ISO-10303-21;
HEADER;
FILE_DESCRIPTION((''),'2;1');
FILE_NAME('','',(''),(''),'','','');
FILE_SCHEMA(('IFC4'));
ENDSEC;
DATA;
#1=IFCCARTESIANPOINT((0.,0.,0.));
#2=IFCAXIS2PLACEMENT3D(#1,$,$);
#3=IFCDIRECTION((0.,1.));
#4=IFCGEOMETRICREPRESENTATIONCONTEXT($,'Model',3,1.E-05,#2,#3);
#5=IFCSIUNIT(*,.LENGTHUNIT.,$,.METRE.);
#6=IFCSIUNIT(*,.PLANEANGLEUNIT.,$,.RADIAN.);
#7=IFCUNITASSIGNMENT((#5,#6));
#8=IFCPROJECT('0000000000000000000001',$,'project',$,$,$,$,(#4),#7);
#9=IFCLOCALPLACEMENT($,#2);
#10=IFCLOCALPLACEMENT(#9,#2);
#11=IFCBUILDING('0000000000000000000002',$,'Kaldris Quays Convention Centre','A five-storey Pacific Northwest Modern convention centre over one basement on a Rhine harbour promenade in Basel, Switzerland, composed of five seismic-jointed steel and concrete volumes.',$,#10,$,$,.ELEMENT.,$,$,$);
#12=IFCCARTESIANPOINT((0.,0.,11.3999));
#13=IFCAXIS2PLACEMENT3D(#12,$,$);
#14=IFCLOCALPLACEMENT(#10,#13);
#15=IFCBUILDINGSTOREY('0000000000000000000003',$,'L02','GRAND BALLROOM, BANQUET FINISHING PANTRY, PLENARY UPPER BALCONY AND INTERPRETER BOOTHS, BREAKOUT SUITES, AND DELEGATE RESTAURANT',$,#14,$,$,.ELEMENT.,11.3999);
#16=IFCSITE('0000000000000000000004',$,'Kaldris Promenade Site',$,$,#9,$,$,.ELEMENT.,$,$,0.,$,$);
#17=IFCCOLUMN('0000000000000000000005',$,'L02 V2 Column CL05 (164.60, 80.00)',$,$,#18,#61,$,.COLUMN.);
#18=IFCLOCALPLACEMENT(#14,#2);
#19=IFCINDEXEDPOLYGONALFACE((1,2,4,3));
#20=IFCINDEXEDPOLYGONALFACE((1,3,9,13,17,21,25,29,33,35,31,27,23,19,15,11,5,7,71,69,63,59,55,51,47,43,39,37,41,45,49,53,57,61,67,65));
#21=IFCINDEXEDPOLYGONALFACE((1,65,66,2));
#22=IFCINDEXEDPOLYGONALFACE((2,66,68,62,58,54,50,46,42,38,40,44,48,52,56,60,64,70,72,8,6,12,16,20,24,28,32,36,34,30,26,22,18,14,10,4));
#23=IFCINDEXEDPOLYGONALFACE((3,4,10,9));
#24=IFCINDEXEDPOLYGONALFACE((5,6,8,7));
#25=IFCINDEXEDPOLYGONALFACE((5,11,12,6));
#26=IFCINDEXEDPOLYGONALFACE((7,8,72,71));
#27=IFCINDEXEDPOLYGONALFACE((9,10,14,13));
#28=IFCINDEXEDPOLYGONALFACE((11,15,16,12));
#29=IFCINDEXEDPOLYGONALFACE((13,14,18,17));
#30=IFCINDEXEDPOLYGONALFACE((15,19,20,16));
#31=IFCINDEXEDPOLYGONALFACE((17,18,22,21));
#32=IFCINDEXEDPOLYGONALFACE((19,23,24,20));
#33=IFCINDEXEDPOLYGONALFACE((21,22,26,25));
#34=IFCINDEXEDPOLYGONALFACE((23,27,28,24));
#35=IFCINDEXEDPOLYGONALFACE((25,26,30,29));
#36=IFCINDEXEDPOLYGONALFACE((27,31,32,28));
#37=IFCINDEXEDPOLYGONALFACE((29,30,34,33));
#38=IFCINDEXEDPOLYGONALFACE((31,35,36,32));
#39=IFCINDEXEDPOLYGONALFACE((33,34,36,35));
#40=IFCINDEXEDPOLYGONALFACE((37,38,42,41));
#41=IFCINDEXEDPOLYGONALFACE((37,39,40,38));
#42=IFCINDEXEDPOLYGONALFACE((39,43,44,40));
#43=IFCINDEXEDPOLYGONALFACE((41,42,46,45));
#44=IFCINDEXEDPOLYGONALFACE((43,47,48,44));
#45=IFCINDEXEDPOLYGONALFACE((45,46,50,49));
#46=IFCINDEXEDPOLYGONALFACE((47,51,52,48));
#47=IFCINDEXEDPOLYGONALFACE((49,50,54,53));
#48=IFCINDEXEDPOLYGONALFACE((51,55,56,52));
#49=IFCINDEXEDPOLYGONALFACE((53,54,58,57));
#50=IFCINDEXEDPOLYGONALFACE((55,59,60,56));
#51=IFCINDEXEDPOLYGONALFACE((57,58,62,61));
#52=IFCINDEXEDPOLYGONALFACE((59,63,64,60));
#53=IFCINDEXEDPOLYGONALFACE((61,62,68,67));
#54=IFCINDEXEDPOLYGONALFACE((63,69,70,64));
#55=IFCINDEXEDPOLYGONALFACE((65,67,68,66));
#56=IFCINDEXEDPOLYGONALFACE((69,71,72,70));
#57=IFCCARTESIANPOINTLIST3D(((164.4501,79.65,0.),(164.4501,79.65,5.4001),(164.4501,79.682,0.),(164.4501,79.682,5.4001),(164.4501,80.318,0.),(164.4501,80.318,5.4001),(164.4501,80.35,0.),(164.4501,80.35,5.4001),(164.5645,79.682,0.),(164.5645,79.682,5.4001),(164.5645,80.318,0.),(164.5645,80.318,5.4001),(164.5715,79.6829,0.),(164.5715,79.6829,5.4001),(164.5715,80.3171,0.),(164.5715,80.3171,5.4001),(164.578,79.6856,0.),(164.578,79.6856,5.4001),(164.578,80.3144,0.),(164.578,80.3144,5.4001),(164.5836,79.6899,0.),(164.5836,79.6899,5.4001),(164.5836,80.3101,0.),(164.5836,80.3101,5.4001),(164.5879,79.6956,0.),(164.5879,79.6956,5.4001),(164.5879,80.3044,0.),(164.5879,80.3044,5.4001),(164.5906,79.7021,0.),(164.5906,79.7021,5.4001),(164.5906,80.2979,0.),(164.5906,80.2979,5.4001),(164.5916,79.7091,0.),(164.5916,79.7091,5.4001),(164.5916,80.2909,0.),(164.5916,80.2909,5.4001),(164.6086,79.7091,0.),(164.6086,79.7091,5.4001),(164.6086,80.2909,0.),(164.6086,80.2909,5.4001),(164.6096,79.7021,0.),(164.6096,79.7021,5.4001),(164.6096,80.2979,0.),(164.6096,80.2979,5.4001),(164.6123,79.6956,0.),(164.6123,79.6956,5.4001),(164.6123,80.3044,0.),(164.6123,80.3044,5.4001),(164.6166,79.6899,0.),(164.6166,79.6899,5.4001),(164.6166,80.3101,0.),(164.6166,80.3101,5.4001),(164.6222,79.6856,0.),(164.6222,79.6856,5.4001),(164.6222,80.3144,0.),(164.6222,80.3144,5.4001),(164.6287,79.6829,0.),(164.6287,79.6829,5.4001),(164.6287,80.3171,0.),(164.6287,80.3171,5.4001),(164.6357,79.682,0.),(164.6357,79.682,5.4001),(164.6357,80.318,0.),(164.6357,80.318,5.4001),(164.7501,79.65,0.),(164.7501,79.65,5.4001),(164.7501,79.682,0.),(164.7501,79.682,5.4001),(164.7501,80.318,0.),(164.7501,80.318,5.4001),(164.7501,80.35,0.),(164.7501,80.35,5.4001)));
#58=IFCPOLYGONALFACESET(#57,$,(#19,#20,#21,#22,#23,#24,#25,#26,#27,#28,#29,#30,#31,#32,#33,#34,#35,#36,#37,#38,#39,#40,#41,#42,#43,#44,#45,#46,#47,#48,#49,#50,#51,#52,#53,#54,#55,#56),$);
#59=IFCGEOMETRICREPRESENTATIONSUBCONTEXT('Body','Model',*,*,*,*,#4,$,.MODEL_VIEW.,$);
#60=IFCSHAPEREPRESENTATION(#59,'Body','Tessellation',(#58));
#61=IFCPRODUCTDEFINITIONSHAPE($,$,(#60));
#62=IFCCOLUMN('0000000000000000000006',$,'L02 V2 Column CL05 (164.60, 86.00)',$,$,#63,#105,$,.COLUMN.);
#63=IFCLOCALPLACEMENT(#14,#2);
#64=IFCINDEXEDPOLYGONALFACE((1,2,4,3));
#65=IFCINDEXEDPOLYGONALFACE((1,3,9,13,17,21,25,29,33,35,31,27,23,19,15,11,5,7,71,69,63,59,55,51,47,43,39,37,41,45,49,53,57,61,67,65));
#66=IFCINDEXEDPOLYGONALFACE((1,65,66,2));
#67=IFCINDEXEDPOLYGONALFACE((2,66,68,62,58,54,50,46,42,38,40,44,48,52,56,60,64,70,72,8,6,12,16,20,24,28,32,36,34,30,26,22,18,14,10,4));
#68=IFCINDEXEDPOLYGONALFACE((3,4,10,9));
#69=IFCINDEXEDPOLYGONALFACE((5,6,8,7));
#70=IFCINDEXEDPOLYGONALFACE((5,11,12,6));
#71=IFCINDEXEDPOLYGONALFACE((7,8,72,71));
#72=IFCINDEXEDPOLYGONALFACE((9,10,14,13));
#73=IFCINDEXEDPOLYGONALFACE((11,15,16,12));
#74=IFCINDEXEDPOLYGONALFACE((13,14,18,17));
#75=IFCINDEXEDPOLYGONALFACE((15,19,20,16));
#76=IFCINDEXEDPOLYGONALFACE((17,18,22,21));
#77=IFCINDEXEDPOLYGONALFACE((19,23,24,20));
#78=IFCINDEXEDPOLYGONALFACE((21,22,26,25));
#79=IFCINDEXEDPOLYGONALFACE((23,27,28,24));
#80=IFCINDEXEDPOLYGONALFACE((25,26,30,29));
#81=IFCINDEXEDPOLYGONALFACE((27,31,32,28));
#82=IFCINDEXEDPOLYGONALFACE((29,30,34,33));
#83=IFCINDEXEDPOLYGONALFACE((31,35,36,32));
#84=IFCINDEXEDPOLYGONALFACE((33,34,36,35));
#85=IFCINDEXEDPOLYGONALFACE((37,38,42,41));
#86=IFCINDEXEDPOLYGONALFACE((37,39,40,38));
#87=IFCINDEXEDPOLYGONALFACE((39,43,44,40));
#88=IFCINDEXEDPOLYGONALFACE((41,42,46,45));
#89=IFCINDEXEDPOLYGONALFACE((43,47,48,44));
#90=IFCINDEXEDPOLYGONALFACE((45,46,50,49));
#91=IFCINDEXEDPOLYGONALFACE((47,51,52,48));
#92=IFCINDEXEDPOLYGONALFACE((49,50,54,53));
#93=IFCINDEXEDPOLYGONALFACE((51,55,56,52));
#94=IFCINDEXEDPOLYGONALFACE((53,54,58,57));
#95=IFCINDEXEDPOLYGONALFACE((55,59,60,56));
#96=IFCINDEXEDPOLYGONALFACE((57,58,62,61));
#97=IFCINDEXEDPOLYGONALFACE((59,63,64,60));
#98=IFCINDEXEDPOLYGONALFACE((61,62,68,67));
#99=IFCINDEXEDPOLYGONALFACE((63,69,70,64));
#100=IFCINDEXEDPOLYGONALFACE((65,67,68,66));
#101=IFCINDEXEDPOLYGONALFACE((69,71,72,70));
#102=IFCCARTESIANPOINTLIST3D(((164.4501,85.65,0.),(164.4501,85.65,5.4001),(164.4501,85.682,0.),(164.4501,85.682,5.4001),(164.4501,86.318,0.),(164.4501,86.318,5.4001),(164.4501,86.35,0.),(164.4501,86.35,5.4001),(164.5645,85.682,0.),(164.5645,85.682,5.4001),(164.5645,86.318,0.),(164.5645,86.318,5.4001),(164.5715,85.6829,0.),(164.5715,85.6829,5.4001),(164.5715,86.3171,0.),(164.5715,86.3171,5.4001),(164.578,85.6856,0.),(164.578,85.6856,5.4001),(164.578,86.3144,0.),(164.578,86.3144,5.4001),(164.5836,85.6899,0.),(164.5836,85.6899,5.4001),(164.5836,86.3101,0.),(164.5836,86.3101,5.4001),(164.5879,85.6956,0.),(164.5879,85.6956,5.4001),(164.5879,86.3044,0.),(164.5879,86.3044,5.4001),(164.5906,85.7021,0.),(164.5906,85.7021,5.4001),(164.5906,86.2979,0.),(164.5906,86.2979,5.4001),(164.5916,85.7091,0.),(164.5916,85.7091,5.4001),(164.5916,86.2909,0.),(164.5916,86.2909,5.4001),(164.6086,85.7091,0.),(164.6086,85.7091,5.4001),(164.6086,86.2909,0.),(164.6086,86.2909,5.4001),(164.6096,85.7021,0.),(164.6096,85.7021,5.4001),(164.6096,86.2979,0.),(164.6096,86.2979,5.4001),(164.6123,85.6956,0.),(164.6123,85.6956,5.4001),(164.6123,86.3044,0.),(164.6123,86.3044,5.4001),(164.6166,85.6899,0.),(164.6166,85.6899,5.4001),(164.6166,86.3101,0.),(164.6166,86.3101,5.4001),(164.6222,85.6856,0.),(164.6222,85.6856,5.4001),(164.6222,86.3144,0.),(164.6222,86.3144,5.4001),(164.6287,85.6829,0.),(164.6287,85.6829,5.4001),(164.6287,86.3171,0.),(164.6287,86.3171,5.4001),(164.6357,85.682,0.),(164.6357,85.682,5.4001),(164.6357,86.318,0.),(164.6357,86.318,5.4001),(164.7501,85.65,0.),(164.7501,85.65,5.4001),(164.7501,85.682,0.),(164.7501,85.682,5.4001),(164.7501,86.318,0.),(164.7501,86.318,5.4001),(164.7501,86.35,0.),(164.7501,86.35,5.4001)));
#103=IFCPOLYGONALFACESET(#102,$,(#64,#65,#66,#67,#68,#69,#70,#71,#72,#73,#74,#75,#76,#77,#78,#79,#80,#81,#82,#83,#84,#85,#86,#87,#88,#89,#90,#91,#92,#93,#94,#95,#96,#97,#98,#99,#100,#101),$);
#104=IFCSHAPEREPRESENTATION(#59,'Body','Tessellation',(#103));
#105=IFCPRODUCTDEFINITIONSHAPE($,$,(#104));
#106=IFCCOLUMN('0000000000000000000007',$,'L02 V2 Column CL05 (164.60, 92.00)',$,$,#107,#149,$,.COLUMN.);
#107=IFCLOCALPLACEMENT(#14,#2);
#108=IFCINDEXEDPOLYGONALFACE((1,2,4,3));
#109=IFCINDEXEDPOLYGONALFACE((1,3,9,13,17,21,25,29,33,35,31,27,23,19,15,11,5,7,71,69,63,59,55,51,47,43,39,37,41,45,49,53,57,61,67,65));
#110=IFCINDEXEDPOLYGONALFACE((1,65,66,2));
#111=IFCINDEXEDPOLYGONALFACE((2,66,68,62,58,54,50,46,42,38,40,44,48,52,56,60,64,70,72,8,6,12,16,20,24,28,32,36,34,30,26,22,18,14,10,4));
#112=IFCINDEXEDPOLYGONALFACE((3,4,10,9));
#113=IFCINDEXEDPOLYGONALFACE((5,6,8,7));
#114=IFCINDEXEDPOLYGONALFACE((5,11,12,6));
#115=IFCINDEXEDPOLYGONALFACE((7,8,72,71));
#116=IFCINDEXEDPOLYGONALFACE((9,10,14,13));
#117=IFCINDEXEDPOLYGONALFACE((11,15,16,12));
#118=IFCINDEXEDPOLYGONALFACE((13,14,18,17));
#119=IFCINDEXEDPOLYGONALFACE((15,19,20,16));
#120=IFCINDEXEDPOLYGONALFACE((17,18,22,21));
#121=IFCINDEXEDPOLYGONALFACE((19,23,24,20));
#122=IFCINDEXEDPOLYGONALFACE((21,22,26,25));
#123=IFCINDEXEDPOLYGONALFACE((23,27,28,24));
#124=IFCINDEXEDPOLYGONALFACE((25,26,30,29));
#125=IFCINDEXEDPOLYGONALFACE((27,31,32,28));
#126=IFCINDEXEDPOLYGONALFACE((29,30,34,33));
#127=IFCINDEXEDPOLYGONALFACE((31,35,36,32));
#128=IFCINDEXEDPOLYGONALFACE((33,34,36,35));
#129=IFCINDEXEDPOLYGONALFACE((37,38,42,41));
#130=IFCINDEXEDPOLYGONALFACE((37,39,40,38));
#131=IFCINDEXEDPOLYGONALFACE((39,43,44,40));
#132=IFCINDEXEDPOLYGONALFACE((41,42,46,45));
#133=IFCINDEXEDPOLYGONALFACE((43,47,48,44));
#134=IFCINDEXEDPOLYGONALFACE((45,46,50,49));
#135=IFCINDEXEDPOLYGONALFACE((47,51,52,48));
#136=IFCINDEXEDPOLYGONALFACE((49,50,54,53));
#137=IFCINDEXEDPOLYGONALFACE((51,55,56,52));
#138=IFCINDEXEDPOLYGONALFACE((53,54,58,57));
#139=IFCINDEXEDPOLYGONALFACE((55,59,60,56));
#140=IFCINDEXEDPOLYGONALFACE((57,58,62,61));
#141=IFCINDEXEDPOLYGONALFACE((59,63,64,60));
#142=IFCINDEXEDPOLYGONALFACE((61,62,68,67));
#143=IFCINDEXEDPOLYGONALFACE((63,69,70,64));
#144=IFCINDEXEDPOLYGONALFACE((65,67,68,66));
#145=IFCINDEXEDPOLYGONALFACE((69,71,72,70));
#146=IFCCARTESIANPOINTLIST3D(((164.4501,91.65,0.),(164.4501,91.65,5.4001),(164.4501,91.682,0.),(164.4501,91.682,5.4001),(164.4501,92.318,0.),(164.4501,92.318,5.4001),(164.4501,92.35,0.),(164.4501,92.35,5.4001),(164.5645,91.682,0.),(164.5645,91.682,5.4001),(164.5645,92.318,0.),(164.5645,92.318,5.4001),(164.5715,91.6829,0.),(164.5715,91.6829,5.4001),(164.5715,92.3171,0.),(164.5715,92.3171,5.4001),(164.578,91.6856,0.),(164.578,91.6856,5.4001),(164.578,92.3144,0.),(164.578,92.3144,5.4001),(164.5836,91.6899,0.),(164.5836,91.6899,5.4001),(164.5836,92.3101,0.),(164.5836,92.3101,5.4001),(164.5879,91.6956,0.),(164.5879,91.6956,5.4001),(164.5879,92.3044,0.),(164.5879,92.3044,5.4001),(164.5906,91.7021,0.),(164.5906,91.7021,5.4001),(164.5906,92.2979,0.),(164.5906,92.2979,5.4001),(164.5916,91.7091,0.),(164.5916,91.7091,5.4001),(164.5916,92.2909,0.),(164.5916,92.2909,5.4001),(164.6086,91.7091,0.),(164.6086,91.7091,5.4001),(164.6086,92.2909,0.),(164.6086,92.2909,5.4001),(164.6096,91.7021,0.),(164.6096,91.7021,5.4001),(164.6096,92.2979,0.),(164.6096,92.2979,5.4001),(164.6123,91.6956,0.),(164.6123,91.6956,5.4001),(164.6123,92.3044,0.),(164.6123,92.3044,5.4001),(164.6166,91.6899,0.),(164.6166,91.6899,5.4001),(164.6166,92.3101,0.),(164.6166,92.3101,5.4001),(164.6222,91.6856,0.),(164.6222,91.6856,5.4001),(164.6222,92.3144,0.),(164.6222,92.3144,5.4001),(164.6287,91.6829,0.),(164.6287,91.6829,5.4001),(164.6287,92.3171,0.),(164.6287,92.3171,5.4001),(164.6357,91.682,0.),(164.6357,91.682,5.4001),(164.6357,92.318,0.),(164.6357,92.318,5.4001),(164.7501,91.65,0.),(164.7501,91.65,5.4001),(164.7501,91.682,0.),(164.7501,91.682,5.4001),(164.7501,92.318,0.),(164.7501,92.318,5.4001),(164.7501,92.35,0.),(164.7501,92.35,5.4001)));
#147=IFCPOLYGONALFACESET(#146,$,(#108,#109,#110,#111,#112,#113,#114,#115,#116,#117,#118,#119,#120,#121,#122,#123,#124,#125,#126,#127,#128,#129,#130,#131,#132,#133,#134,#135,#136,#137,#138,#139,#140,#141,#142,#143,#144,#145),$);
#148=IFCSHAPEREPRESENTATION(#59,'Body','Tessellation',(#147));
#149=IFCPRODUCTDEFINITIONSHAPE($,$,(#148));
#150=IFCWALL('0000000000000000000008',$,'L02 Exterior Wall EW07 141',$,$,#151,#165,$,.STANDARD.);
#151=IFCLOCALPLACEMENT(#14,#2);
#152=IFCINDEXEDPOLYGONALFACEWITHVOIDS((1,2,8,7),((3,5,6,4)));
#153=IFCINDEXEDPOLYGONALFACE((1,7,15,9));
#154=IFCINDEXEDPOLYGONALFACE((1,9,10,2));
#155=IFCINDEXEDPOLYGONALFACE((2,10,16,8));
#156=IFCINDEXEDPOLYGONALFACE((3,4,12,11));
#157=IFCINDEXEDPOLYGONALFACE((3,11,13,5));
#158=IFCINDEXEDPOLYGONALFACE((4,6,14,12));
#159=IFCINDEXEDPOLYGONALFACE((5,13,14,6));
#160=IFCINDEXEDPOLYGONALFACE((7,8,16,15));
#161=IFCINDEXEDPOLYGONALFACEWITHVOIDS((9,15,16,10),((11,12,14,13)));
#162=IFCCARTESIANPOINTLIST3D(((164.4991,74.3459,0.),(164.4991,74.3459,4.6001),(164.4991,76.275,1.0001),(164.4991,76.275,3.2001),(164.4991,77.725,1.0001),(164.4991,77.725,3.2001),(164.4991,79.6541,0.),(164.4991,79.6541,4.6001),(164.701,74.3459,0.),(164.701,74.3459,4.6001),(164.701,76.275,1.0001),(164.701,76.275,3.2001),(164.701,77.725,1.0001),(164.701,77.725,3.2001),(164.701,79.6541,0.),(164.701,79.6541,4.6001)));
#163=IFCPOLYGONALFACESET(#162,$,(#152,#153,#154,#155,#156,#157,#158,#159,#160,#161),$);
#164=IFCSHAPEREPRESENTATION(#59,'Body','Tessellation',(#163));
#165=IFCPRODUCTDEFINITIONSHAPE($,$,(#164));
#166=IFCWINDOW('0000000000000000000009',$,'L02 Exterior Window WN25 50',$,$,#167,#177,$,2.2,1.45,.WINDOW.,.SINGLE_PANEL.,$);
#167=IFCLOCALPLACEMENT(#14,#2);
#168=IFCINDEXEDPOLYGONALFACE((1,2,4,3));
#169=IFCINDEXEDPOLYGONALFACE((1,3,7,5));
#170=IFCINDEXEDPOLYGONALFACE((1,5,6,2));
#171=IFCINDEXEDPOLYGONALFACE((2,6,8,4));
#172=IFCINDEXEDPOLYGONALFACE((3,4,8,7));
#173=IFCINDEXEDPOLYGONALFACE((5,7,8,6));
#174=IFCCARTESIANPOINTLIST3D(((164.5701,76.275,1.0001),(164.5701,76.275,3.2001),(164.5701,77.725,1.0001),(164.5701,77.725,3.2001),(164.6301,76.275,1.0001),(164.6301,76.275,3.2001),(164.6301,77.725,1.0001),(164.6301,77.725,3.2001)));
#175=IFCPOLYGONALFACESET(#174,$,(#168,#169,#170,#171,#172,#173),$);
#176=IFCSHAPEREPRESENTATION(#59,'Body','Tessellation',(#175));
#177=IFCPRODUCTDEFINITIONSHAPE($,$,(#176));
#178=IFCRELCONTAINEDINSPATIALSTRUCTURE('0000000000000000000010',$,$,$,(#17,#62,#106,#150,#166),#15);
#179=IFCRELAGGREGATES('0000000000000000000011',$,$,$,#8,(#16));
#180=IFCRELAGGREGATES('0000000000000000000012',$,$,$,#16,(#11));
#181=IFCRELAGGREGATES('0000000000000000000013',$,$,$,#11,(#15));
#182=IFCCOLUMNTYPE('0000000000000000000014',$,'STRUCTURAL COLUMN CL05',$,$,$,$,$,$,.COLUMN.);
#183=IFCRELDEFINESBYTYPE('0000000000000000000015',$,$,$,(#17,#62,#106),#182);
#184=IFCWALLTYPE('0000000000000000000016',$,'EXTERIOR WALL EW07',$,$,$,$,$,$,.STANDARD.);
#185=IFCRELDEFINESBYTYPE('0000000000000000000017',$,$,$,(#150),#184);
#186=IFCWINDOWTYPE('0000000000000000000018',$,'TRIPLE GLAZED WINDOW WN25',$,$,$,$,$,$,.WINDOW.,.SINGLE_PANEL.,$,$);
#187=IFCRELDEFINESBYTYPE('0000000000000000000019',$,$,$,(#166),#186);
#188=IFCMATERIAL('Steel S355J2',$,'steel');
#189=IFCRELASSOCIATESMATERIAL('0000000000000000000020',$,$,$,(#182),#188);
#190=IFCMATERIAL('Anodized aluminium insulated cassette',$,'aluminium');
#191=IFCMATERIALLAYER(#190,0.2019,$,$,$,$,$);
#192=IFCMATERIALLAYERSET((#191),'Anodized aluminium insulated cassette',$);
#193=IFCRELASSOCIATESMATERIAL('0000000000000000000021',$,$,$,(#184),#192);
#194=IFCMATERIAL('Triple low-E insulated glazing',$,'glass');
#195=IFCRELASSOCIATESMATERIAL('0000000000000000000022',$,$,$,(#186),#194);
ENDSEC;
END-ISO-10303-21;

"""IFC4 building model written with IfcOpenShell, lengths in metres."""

from ifc_helpers import new_model, si_unit, direction, frame, frame_2d, origin, origin_2d, place, context, subcontext, project, spatial, rectangle, i_section, extrude, material, layer, layer_set, material_profile, profile_set, type_object, element, fill, save


model = new_model("IFC4")

# Units and contexts
model_context = context("Model", 3, precision=1e-05, world=origin(), true_north=direction((0.0, 1.0)))
body_context = subcontext(model_context, "Body", "Model", "MODEL_VIEW")
ifc_project = project(units=[si_unit("LENGTHUNIT", "METRE"), si_unit("PLANEANGLEUNIT", "RADIAN")], contexts=[model_context])

# Site, building, storey
site_placement = place(None, origin())
site = spatial("IfcSite", under=ifc_project, at=site_placement, Name="Kaldris Promenade Site", CompositionType="ELEMENT", RefElevation=0.0)
building_placement = place(site_placement, origin())
building = spatial("IfcBuilding", under=site, at=building_placement, Name="Kaldris Quays Convention Centre", Description="A five-storey Pacific Northwest Modern convention centre over one basement on a Rhine harbour promenade in Basel, Switzerland, composed of five seismic-jointed steel and concrete volumes.", CompositionType="ELEMENT")
storey_placement = place(building_placement, frame((0.0, 0.0, 11.3999)))
storey = spatial("IfcBuildingStorey", under=building, at=storey_placement, Name="L02", Description="GRAND BALLROOM, BANQUET FINISHING PANTRY, PLENARY UPPER BALCONY AND INTERPRETER BOOTHS, BREAKOUT SUITES, AND DELEGATE RESTAURANT", CompositionType="ELEMENT", Elevation=11.3999)

# Columns
ifc_material_1 = material(Name="Steel S355J2", Category="steel")
ifc_material_profile = material_profile(ifc_material_1, i_section(OverallWidth=0.3, OverallDepth=0.7, WebThickness=0.0171, FlangeThickness=0.032, FilletRadius=0.0271, at=origin_2d()), Name="HEB 700")
ifc_profile_set = profile_set([ifc_material_profile], Name="Steel S355J2")
column_type = type_object("IfcColumnType", Name="STRUCTURAL COLUMN CL05", PredefinedType="COLUMN", material=ifc_profile_set)
for number, where, z_axis, x_axis, name in (
    (1, (164.6001, 80.0, 0.0), (0.0, 0.0, 1.0), (1.0, 0.0, 0.0), "L02 V2 Column CL05 (164.60, 80.00)"),
    (2, (164.6001, 86.0, 0.0), (0.0, 0.0, 1.0), (1.0, 0.0, 0.0), "L02 V2 Column CL05 (164.60, 86.00)"),
    (3, (164.6001, 92.0, 0.0), (0.0, 0.0, 1.0), (1.0, 0.0, 0.0), "L02 V2 Column CL05 (164.60, 92.00)"),
):
    element("IfcColumn", number, at=place(storey_placement, frame(where, z_axis=z_axis, x_axis=x_axis)), inside=storey, type_object=column_type, Name=name, PredefinedType="COLUMN", context=body_context, shape_type="SweptSolid", body=[
        extrude(i_section(OverallWidth=0.3, OverallDepth=0.7, WebThickness=0.0171, FlangeThickness=0.032, FilletRadius=0.0271, at=origin_2d()), origin(), (0.0, 0.0, 1.0), 5.4001),
    ])

# Wall, opening, window
ifc_material_2 = material(Name="Anodized aluminium insulated cassette", Category="aluminium")
ifc_layer = layer(ifc_material_2, 0.2019)
ifc_layer_set = layer_set([ifc_layer], Name="Anodized aluminium insulated cassette")
wall_type = type_object("IfcWallType", Name="EXTERIOR WALL EW07", PredefinedType="STANDARD", material=ifc_layer_set)
wall_1_placement = place(storey_placement, frame((164.6001, 74.3459, 0.0), z_axis=(0.0, 0.0, 1.0), x_axis=(0.0, 1.0, 0.0)))
wall_1 = element("IfcWall", 4, at=wall_1_placement, inside=storey, type_object=wall_type, Name="L02 Exterior Wall EW07 141", PredefinedType="STANDARD", context=body_context, shape_type="SweptSolid", body=[
    extrude(rectangle(XDim=5.3081, YDim=0.2019, at=frame_2d((2.6541, 0.0))), origin(), (0.0, 0.0, 1.0), 4.6001),
])
opening_1_placement = place(wall_1_placement, frame((1.929, 0.0, 1.0)))
opening_1 = element("IfcOpeningElement", 5, at=opening_1_placement, cuts=wall_1, PredefinedType="OPENING", context=body_context, shape_type="SweptSolid", body=[
    extrude(rectangle(XDim=1.45, YDim=2.2, at=frame_2d((0.7251, 1.1001))), frame((0.0, 0.1108, 0.0), z_axis=(0.0, -1.0, 0.0), x_axis=(1.0, 0.0, 0.0)), (0.0, 0.0, 1.0), 0.2219),
])
ifc_material_3 = material(Name="Triple low-E insulated glazing", Category="glass")
window_type_1 = type_object("IfcWindowType", Name="TRIPLE GLAZED WINDOW WN25", PartitioningType="SINGLE_PANEL", PredefinedType="WINDOW", material=ifc_material_3)
window_1_placement = place(opening_1_placement, origin())
window_1 = element("IfcWindow", 6, at=window_1_placement, inside=storey, type_object=window_type_1, Name="L02 Exterior Window WN25 50", OverallHeight=2.2, OverallWidth=1.45, PartitioningType="SINGLE_PANEL", PredefinedType="WINDOW", context=body_context, shape_type="SweptSolid", body=[
    extrude(rectangle(XDim=1.45, YDim=2.2, at=frame_2d((0.7251, 1.1001))), frame((0.0, 0.03, 0.0), z_axis=(0.0, -1.0, 0.0), x_axis=(1.0, 0.0, 0.0)), (0.0, 0.0, 1.0), 0.0601),
])
fill(opening_1, window_1)

save(model, "model.ifc")
